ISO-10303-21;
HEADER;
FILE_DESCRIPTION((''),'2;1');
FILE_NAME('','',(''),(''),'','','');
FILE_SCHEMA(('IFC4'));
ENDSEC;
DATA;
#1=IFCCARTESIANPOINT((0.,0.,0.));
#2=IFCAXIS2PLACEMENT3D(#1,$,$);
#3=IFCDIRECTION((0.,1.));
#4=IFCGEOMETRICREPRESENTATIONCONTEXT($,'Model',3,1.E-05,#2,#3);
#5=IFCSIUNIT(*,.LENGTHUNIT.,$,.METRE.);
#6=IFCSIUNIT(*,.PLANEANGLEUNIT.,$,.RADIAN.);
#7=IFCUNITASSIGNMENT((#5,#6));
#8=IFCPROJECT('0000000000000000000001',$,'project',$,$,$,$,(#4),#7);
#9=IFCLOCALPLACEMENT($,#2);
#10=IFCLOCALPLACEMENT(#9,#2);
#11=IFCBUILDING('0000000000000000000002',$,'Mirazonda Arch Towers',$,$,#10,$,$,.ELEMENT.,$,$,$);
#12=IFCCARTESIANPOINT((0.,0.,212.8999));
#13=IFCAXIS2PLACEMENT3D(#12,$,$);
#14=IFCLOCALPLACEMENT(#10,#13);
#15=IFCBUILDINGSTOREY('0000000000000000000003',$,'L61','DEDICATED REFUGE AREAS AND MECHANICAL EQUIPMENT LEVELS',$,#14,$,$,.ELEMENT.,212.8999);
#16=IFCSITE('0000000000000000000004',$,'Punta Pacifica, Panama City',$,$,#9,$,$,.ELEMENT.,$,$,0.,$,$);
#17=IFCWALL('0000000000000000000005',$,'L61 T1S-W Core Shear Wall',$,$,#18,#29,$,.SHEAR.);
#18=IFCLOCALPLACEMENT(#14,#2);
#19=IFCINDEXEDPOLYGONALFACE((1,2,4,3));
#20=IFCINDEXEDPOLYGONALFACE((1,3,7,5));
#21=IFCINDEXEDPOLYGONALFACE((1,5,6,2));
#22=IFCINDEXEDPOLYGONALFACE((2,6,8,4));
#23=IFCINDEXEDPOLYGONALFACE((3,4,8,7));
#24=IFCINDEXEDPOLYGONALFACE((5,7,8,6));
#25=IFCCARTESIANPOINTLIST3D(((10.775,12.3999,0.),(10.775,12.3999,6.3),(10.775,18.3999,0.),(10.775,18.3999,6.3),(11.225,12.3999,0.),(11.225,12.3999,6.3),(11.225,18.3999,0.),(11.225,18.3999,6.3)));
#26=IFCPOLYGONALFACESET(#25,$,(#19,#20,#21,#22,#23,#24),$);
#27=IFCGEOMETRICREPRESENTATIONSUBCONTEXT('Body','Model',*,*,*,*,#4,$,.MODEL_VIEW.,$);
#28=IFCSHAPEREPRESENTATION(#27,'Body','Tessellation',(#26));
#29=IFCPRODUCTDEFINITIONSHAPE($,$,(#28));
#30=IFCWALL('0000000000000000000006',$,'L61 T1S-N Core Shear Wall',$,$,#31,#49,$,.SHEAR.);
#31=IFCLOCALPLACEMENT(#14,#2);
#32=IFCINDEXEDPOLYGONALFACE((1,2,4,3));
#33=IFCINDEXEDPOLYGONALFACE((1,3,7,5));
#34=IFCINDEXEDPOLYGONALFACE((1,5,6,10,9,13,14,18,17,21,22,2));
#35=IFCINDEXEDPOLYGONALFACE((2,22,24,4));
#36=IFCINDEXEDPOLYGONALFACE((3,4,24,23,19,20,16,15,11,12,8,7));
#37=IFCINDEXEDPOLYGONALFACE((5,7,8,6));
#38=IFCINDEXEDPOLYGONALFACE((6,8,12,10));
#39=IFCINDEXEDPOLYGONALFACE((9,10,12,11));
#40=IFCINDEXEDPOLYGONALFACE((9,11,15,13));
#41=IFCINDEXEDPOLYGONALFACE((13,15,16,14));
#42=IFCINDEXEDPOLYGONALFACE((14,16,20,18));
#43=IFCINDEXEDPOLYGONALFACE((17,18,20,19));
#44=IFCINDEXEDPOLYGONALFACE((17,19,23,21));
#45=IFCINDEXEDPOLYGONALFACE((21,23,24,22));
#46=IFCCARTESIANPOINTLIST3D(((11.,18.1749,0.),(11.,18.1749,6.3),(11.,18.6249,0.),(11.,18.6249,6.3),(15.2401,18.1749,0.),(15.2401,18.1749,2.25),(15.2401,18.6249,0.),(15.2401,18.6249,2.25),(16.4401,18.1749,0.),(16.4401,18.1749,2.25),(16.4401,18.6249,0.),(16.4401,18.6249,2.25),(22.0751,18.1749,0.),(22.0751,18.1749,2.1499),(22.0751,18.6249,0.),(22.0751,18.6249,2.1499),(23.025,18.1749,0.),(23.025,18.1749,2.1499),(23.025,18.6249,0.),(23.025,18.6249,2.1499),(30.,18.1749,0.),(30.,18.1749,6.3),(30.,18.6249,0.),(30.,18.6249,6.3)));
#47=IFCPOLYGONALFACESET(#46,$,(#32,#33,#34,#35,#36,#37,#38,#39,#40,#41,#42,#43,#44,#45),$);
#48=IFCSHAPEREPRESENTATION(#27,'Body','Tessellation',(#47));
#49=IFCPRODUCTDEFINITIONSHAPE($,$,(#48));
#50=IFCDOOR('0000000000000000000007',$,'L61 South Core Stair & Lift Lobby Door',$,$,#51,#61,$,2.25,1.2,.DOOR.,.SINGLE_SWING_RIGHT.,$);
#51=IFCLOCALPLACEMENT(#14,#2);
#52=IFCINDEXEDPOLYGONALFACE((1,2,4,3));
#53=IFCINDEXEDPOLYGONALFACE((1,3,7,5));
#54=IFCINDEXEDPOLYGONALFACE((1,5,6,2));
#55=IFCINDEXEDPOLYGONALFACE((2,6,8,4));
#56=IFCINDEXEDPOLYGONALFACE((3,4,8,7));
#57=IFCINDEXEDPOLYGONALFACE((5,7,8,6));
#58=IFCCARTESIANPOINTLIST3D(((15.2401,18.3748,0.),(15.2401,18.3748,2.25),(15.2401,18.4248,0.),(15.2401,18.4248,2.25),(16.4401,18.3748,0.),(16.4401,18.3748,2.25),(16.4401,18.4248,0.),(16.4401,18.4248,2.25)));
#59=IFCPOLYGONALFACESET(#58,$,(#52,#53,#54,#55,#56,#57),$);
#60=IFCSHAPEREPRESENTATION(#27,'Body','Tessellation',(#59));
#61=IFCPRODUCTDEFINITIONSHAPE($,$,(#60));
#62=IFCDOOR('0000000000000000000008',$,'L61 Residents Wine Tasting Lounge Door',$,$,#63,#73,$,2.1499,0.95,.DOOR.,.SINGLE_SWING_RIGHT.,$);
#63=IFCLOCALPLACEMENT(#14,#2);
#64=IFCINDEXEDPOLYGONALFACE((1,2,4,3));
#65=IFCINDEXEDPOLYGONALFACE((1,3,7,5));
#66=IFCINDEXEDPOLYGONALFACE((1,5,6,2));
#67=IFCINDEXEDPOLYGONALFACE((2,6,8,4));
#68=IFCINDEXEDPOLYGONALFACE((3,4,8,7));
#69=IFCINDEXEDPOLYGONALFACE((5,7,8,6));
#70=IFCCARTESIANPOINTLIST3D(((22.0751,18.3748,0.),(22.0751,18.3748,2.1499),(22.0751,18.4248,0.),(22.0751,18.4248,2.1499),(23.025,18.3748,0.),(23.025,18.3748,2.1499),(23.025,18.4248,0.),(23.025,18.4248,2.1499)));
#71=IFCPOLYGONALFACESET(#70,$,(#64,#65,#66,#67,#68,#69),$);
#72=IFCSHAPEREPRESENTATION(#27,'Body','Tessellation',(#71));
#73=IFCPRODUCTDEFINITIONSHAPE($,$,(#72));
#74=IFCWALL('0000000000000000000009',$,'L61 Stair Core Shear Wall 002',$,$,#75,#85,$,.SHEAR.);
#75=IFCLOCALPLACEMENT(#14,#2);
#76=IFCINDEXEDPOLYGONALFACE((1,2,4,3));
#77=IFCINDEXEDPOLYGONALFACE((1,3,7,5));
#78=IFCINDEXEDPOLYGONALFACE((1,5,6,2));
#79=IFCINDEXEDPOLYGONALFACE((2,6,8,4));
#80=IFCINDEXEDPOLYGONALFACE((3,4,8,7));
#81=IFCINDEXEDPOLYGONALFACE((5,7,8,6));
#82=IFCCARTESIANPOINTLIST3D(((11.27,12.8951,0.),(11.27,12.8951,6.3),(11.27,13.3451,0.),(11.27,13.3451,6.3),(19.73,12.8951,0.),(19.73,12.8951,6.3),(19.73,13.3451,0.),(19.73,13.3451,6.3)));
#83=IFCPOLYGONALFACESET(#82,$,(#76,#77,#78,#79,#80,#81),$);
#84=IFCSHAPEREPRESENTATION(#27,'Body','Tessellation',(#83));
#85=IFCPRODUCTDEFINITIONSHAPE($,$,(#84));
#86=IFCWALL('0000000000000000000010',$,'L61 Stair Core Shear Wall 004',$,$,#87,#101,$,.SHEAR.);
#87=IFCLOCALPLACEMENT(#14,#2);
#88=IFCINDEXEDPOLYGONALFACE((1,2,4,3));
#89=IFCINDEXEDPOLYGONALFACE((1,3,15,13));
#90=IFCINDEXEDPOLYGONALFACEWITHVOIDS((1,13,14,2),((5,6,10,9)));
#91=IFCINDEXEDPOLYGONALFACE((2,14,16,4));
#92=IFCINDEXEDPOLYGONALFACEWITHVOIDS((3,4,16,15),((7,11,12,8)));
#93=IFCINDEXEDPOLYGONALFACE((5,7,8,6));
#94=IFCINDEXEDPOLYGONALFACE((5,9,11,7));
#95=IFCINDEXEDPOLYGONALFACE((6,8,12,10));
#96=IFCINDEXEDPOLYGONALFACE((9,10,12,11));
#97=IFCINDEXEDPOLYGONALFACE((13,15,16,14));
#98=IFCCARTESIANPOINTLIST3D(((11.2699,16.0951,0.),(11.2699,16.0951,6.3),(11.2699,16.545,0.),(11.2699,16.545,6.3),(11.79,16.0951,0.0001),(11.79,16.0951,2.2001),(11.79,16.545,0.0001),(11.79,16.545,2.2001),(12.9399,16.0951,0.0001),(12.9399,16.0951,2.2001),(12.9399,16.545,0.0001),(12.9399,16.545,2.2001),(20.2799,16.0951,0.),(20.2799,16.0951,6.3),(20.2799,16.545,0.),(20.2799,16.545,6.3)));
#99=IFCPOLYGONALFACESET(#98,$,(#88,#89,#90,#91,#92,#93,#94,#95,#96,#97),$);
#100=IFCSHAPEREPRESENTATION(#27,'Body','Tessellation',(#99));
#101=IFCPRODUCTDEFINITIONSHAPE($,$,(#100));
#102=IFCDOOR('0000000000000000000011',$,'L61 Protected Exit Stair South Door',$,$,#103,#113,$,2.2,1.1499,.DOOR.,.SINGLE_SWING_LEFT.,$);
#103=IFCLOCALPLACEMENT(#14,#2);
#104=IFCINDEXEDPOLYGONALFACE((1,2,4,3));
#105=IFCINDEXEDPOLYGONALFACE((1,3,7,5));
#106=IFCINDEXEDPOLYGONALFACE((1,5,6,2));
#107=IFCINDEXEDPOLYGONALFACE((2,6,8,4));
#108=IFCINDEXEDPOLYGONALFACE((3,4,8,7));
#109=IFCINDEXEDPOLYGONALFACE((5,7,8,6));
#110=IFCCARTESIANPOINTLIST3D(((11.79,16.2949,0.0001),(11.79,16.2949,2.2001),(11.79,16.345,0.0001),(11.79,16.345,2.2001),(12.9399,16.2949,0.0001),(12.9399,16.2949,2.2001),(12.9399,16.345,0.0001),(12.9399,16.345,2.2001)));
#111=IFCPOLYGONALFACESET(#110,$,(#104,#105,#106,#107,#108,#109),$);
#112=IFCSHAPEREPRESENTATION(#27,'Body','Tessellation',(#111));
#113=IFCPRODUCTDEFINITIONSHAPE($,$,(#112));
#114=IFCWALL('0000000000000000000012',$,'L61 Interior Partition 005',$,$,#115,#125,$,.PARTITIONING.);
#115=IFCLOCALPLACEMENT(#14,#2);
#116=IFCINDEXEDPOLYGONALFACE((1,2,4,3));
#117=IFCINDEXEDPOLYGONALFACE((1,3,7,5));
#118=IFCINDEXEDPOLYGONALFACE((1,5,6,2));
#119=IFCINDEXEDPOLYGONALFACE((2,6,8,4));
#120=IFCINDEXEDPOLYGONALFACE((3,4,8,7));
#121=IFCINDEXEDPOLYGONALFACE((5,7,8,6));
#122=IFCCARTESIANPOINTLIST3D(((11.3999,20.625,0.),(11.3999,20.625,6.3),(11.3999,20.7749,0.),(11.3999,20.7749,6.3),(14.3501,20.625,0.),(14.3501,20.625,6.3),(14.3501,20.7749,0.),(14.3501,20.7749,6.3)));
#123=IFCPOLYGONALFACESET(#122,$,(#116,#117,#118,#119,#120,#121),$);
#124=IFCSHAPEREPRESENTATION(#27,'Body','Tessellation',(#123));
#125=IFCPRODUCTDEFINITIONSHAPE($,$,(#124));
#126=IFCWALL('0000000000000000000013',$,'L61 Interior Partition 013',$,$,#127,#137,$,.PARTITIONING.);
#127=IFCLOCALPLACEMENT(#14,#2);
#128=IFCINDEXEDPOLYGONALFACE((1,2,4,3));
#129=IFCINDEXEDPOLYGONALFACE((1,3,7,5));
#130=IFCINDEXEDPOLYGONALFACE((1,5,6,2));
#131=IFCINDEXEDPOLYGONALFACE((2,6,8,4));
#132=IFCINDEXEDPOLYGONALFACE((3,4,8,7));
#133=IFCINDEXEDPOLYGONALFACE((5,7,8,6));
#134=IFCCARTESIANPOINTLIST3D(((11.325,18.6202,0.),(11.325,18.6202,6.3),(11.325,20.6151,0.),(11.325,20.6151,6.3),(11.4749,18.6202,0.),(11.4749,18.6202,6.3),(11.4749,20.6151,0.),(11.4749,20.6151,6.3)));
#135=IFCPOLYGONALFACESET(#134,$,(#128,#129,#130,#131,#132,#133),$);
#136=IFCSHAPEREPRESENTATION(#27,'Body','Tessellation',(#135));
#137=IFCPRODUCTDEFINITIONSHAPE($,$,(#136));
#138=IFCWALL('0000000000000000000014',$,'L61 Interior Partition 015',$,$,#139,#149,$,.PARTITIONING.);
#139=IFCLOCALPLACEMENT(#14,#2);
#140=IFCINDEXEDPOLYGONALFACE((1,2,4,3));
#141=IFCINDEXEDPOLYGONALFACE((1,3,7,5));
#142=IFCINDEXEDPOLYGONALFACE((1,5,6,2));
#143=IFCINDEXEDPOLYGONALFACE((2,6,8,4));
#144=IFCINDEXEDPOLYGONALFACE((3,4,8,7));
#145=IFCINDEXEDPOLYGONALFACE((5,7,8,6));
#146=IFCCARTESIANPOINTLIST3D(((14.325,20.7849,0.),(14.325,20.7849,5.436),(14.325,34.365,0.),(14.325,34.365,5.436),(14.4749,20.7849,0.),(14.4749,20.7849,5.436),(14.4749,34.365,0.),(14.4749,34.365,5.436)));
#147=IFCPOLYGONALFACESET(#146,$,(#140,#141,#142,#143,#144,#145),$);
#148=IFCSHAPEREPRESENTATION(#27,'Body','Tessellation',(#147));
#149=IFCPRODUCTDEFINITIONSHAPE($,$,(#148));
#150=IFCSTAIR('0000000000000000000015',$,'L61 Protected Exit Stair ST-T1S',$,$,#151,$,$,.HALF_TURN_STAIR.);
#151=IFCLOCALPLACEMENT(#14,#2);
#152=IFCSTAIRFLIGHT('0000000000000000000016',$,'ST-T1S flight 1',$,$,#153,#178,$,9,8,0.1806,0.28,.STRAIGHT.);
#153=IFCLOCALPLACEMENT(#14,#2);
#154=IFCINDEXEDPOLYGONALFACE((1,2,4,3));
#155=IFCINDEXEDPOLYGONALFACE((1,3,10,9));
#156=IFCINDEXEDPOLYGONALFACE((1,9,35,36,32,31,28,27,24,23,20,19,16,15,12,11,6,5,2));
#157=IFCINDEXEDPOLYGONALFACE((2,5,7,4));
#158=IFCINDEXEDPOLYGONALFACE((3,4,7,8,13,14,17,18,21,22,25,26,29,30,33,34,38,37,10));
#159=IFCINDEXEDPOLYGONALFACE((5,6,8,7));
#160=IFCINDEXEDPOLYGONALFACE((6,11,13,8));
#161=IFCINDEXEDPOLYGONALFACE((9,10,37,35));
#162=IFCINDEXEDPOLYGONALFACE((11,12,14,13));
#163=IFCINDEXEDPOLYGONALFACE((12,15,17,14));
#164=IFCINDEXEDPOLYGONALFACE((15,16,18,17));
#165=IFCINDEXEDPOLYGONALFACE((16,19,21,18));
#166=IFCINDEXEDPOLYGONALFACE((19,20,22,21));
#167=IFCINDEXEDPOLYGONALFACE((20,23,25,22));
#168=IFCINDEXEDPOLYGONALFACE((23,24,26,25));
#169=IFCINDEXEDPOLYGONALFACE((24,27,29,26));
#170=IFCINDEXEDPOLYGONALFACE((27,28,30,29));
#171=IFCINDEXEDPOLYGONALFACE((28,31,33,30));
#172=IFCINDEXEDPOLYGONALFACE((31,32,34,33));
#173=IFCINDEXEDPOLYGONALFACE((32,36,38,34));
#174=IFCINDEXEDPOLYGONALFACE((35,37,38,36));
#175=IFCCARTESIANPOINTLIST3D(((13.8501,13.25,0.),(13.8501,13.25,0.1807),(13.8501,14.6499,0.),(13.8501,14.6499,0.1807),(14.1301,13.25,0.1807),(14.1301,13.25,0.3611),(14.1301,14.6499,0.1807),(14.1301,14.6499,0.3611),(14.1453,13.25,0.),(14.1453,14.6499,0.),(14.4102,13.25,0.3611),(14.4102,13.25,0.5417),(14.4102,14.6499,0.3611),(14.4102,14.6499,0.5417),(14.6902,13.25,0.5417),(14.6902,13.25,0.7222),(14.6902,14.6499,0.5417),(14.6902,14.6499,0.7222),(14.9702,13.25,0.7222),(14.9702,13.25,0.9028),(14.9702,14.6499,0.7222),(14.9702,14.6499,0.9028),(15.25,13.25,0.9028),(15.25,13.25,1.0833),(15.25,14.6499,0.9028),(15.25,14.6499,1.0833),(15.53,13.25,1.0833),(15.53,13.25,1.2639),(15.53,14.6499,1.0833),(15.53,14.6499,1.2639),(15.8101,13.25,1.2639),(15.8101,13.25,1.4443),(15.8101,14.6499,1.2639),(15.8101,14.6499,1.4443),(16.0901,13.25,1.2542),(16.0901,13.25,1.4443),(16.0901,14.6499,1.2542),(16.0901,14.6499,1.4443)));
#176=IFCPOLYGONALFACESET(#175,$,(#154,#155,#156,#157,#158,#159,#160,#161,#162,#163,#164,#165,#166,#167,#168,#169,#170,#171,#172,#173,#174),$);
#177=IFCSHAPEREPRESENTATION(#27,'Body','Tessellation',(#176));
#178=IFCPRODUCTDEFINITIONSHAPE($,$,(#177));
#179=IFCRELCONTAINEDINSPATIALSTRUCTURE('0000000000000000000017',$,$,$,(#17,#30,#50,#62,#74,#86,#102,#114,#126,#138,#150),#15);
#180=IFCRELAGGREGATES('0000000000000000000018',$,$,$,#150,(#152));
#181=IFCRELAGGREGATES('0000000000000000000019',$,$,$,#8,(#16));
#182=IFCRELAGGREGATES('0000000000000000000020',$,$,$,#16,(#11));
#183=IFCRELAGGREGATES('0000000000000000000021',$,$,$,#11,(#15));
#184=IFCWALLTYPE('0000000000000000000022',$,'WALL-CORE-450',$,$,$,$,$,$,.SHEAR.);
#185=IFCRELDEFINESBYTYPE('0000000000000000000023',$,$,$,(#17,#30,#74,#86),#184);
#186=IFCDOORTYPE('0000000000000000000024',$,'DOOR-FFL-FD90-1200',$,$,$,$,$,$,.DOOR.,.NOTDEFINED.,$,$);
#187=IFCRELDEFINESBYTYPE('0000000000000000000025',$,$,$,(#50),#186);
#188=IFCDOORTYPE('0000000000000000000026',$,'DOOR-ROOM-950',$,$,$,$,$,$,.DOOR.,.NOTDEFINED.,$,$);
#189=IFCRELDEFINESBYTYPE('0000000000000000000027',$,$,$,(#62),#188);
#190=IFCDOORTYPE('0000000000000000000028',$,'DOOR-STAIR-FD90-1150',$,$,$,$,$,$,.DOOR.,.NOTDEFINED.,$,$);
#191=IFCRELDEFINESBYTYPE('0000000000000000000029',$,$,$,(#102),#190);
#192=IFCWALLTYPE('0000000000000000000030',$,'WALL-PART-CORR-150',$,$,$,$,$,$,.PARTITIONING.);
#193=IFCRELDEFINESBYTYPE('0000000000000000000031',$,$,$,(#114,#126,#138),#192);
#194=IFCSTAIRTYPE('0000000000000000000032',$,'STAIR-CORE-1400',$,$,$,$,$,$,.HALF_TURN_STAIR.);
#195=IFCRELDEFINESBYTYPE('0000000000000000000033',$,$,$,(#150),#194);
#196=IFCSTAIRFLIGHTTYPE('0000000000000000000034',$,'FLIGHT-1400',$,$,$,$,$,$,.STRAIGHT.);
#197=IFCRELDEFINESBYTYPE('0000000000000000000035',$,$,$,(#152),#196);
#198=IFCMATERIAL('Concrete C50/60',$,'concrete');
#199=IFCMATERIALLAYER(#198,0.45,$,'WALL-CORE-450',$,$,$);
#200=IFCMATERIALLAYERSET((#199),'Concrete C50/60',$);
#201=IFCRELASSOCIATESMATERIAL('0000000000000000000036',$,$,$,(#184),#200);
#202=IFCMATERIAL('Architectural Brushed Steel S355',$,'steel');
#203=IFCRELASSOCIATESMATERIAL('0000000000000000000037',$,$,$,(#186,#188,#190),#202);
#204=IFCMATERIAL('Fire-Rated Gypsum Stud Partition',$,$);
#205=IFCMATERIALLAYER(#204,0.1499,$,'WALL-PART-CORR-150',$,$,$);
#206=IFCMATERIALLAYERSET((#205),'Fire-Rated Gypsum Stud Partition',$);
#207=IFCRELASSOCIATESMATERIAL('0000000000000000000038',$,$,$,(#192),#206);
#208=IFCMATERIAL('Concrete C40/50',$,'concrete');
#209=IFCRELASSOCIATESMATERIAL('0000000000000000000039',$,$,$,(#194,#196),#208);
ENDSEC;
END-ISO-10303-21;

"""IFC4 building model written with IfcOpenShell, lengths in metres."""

from ifc_helpers import new_model, si_unit, direction, frame, frame_2d, origin, place, context, subcontext, project, spatial, polyline, rectangle, outline, extrude, material, layer, layer_set, type_object, element, fill, aggregate, save


model = new_model("IFC4")

# Units and contexts
model_context = context("Model", 3, precision=1e-05, world=origin(), true_north=direction((0.0, 1.0)))
body_context = subcontext(model_context, "Body", "Model", "MODEL_VIEW")
ifc_project = project(units=[si_unit("LENGTHUNIT", "METRE"), si_unit("PLANEANGLEUNIT", "RADIAN")], contexts=[model_context])

# Site, building, storey
site_placement = place(None, origin())
site = spatial("IfcSite", under=ifc_project, at=site_placement, Name="Punta Pacifica, Panama City", CompositionType="ELEMENT", RefElevation=0.0)
building_placement = place(site_placement, origin())
building = spatial("IfcBuilding", under=site, at=building_placement, Name="Mirazonda Arch Towers", CompositionType="ELEMENT")
storey_placement = place(building_placement, frame((0.0, 0.0, 212.8999)))
storey = spatial("IfcBuildingStorey", under=building, at=storey_placement, Name="L61", Description="DEDICATED REFUGE AREAS AND MECHANICAL EQUIPMENT LEVELS", CompositionType="ELEMENT", Elevation=212.8999)

# Shared definitions
ifc_material_1 = material(Name="Concrete C50/60", Category="concrete")

# Wall
ifc_layer_1 = layer(ifc_material_1, 0.45, Name="WALL-CORE-450")
ifc_layer_set_1 = layer_set([ifc_layer_1], Name="Concrete C50/60")
wall_type_1 = type_object("IfcWallType", Name="WALL-CORE-450", PredefinedType="SHEAR", material=ifc_layer_set_1)
wall_1_placement = place(storey_placement, frame((11.0, 12.3999, 0.0), z_axis=(0.0, 0.0, 1.0), x_axis=(0.0, 1.0, 0.0)))
element("IfcWall", 1, at=wall_1_placement, inside=storey, type_object=wall_type_1, Name="L61 T1S-W Core Shear Wall", PredefinedType="SHEAR", context=body_context, shape_type="SweptSolid", body=[
    extrude(rectangle(XDim=6.0, YDim=0.45, at=frame_2d((3.0, 0.0))), origin(), (0.0, 0.0, 1.0), 6.3),
])

# Wall, openings, doors
wall_2_placement = place(storey_placement, frame((11.0, 18.3999, 0.0), z_axis=(0.0, 0.0, 1.0), x_axis=(1.0, 0.0, 0.0)))
wall_2 = element("IfcWall", 2, at=wall_2_placement, inside=storey, type_object=wall_type_1, Name="L61 T1S-N Core Shear Wall", PredefinedType="SHEAR", context=body_context, shape_type="SweptSolid", body=[
    extrude(rectangle(XDim=19.0, YDim=0.45, at=frame_2d((9.5, 0.0))), origin(), (0.0, 0.0, 1.0), 6.3),
])
opening_1_placement = place(wall_2_placement, frame((4.24, 0.0, 0.0)))
opening_1 = element("IfcOpeningElement", 3, at=opening_1_placement, cuts=wall_2, PredefinedType="OPENING", context=body_context, shape_type="SweptSolid", body=[
    extrude(rectangle(XDim=1.2, YDim=2.25, at=frame_2d((0.6001, 1.125))), frame((0.0, 0.2349, 0.0), z_axis=(0.0, -1.0, 0.0), x_axis=(1.0, 0.0, 0.0)), (0.0, 0.0, 1.0), 0.47),
])
opening_2_placement = place(wall_2_placement, frame((11.075, 0.0, 0.0)))
opening_2 = element("IfcOpeningElement", 4, at=opening_2_placement, cuts=wall_2, PredefinedType="OPENING", context=body_context, shape_type="SweptSolid", body=[
    extrude(rectangle(XDim=0.95, YDim=2.1499, at=frame_2d((0.4751, 1.075))), frame((0.0, 0.2349, 0.0), z_axis=(0.0, -1.0, 0.0), x_axis=(1.0, 0.0, 0.0)), (0.0, 0.0, 1.0), 0.47),
])
ifc_material_2 = material(Name="Architectural Brushed Steel S355", Category="steel")
door_type_1 = type_object("IfcDoorType", Name="DOOR-FFL-FD90-1200", OperationType="NOTDEFINED", PredefinedType="DOOR", material=ifc_material_2)
door_1_placement = place(opening_1_placement, origin())
door_1 = element("IfcDoor", 5, at=door_1_placement, inside=storey, type_object=door_type_1, Name="L61 South Core Stair & Lift Lobby Door", OperationType="SINGLE_SWING_RIGHT", OverallHeight=2.25, OverallWidth=1.2, PredefinedType="DOOR", context=body_context, shape_type="SweptSolid", body=[
    extrude(rectangle(XDim=1.2, YDim=2.25, at=frame_2d((0.6001, 1.125))), frame((0.0, 0.0249, 0.0), z_axis=(0.0, -1.0, 0.0), x_axis=(1.0, 0.0, 0.0)), (0.0, 0.0, 1.0), 0.05),
])
fill(opening_1, door_1)
door_type_2 = type_object("IfcDoorType", Name="DOOR-ROOM-950", OperationType="NOTDEFINED", PredefinedType="DOOR", material=ifc_material_2)
door_2_placement = place(opening_2_placement, origin())
door_2 = element("IfcDoor", 6, at=door_2_placement, inside=storey, type_object=door_type_2, Name="L61 Residents Wine Tasting Lounge Door", OperationType="SINGLE_SWING_RIGHT", OverallHeight=2.1499, OverallWidth=0.95, PredefinedType="DOOR", context=body_context, shape_type="SweptSolid", body=[
    extrude(rectangle(XDim=0.95, YDim=2.1499, at=frame_2d((0.4751, 1.075))), frame((0.0, 0.0249, 0.0), z_axis=(0.0, -1.0, 0.0), x_axis=(1.0, 0.0, 0.0)), (0.0, 0.0, 1.0), 0.05),
])
fill(opening_2, door_2)

# Wall
wall_3_placement = place(storey_placement, frame((11.27, 13.1201, 0.0), z_axis=(0.0, 0.0, 1.0), x_axis=(1.0, 0.0, 0.0)))
element("IfcWall", 7, at=wall_3_placement, inside=storey, type_object=wall_type_1, Name="L61 Stair Core Shear Wall 002", PredefinedType="SHEAR", context=body_context, shape_type="SweptSolid", body=[
    extrude(rectangle(XDim=8.46, YDim=0.45, at=frame_2d((4.23, 0.0))), origin(), (0.0, 0.0, 1.0), 6.3),
])

# Wall, opening, door
wall_4_placement = place(storey_placement, frame((11.27, 16.3201, 0.0), z_axis=(0.0, 0.0, 1.0), x_axis=(1.0, 0.0, 0.0)))
wall_4 = element("IfcWall", 8, at=wall_4_placement, inside=storey, type_object=wall_type_1, Name="L61 Stair Core Shear Wall 004", PredefinedType="SHEAR", context=body_context, shape_type="SweptSolid", body=[
    extrude(rectangle(XDim=9.01, YDim=0.45, at=frame_2d((4.5049, 0.0))), origin(), (0.0, 0.0, 1.0), 6.3),
])
opening_3_placement = place(wall_4_placement, frame((0.52, 0.0, 0.0)))
opening_3 = element("IfcOpeningElement", 9, at=opening_3_placement, cuts=wall_4, PredefinedType="OPENING", context=body_context, shape_type="SweptSolid", body=[
    extrude(rectangle(XDim=1.1499, YDim=2.2, at=frame_2d((0.575, 1.1001))), frame((0.0, 0.2349, 0.0), z_axis=(0.0, -1.0, 0.0), x_axis=(1.0, 0.0, 0.0)), (0.0, 0.0, 1.0), 0.47),
])
door_type_3 = type_object("IfcDoorType", Name="DOOR-STAIR-FD90-1150", OperationType="NOTDEFINED", PredefinedType="DOOR", material=ifc_material_2)
door_3_placement = place(opening_3_placement, origin())
door_3 = element("IfcDoor", 10, at=door_3_placement, inside=storey, type_object=door_type_3, Name="L61 Protected Exit Stair South Door", OperationType="SINGLE_SWING_LEFT", OverallHeight=2.2, OverallWidth=1.1499, PredefinedType="DOOR", context=body_context, shape_type="SweptSolid", body=[
    extrude(rectangle(XDim=1.1499, YDim=2.2, at=frame_2d((0.575, 1.1001))), frame((0.0, 0.0249, 0.0), z_axis=(0.0, -1.0, 0.0), x_axis=(1.0, 0.0, 0.0)), (0.0, 0.0, 1.0), 0.05),
])
fill(opening_3, door_3)

# Walls
ifc_material_3 = material(Name="Fire-Rated Gypsum Stud Partition")
ifc_layer_2 = layer(ifc_material_3, 0.1499, Name="WALL-PART-CORR-150")
ifc_layer_set_2 = layer_set([ifc_layer_2], Name="Fire-Rated Gypsum Stud Partition")
wall_type_2 = type_object("IfcWallType", Name="WALL-PART-CORR-150", PredefinedType="PARTITIONING", material=ifc_layer_set_2)
wall_5_placement = place(storey_placement, frame((11.3999, 20.7, 0.0), z_axis=(0.0, 0.0, 1.0), x_axis=(1.0, 0.0, 0.0)))
element("IfcWall", 11, at=wall_5_placement, inside=storey, type_object=wall_type_2, Name="L61 Interior Partition 005", PredefinedType="PARTITIONING", context=body_context, shape_type="SweptSolid", body=[
    extrude(rectangle(XDim=2.9502, YDim=0.1499, at=frame_2d((1.4751, 0.0))), origin(), (0.0, 0.0, 1.0), 6.3),
])
wall_6_placement = place(storey_placement, frame((11.3999, 18.6201, 0.0), z_axis=(0.0, 0.0, 1.0), x_axis=(0.0, 1.0, 0.0)))
element("IfcWall", 12, at=wall_6_placement, inside=storey, type_object=wall_type_2, Name="L61 Interior Partition 013", PredefinedType="PARTITIONING", context=body_context, shape_type="SweptSolid", body=[
    extrude(rectangle(XDim=1.9949, YDim=0.1499, at=frame_2d((0.9976, 0.0))), origin(), (0.0, 0.0, 1.0), 6.3),
])
wall_7_placement = place(storey_placement, frame((14.3999, 20.7849, 0.0), z_axis=(0.0, 0.0, 1.0), x_axis=(0.0, 1.0, 0.0)))
element("IfcWall", 13, at=wall_7_placement, inside=storey, type_object=wall_type_2, Name="L61 Interior Partition 015", PredefinedType="PARTITIONING", context=body_context, shape_type="SweptSolid", body=[
    extrude(rectangle(XDim=13.5801, YDim=0.1499, at=frame_2d((6.79, 0.0))), origin(), (0.0, 0.0, 1.0), 5.436),
])

# Stair, stair flight
ifc_material_4 = material(Name="Concrete C40/50", Category="concrete")
stair_type = type_object("IfcStairType", Name="STAIR-CORE-1400", PredefinedType="HALF_TURN_STAIR", material=ifc_material_4)
stair_placement = place(storey_placement, origin())
stair = element("IfcStair", 14, at=stair_placement, inside=storey, type_object=stair_type, Name="L61 Protected Exit Stair ST-T1S", PredefinedType="HALF_TURN_STAIR")
stair_flight_type = type_object("IfcStairFlightType", Name="FLIGHT-1400", PredefinedType="STRAIGHT", material=ifc_material_4)
stair_flight_1_placement = place(storey_placement, frame((13.8501, 13.95, 0.0), z_axis=(0.0, 0.0, 1.0), x_axis=(1.0, 0.0, 0.0)))
stair_flight_1 = element("IfcStairFlight", 15, at=stair_flight_1_placement, type_object=stair_flight_type, Name="ST-T1S flight 1", NumberOfRisers=9, NumberOfTreads=8, PredefinedType="STRAIGHT", RiserHeight=0.1806, TreadLength=0.28, context=body_context, shape_type="SweptSolid", body=[
    extrude(outline(polyline([(0.0, 0.0), (0.0, 0.1807), (0.28, 0.1807), (0.28, 0.3611), (0.5601, 0.3611), (0.5601, 0.5417), (0.8401, 0.5417), (0.8401, 0.7222), (1.1201, 0.7222), (1.1201, 0.9028), (1.3999, 0.9028), (1.3999, 1.0833), (1.6799, 1.0833), (1.6799, 1.2639), (1.96, 1.2639), (1.96, 1.4443), (2.24, 1.4443), (2.24, 1.625), (2.24, 1.2542), (0.2952, 0.0), (0.0, 0.0)])), frame((0.0, 0.7, 0.0), z_axis=(0.0, -1.0, 0.0), x_axis=(1.0, 0.0, 0.0)), (0.0, 0.0, 1.0), 1.3999),
])
aggregate(stair, [stair_flight_1])

save(model, "model.ifc")
